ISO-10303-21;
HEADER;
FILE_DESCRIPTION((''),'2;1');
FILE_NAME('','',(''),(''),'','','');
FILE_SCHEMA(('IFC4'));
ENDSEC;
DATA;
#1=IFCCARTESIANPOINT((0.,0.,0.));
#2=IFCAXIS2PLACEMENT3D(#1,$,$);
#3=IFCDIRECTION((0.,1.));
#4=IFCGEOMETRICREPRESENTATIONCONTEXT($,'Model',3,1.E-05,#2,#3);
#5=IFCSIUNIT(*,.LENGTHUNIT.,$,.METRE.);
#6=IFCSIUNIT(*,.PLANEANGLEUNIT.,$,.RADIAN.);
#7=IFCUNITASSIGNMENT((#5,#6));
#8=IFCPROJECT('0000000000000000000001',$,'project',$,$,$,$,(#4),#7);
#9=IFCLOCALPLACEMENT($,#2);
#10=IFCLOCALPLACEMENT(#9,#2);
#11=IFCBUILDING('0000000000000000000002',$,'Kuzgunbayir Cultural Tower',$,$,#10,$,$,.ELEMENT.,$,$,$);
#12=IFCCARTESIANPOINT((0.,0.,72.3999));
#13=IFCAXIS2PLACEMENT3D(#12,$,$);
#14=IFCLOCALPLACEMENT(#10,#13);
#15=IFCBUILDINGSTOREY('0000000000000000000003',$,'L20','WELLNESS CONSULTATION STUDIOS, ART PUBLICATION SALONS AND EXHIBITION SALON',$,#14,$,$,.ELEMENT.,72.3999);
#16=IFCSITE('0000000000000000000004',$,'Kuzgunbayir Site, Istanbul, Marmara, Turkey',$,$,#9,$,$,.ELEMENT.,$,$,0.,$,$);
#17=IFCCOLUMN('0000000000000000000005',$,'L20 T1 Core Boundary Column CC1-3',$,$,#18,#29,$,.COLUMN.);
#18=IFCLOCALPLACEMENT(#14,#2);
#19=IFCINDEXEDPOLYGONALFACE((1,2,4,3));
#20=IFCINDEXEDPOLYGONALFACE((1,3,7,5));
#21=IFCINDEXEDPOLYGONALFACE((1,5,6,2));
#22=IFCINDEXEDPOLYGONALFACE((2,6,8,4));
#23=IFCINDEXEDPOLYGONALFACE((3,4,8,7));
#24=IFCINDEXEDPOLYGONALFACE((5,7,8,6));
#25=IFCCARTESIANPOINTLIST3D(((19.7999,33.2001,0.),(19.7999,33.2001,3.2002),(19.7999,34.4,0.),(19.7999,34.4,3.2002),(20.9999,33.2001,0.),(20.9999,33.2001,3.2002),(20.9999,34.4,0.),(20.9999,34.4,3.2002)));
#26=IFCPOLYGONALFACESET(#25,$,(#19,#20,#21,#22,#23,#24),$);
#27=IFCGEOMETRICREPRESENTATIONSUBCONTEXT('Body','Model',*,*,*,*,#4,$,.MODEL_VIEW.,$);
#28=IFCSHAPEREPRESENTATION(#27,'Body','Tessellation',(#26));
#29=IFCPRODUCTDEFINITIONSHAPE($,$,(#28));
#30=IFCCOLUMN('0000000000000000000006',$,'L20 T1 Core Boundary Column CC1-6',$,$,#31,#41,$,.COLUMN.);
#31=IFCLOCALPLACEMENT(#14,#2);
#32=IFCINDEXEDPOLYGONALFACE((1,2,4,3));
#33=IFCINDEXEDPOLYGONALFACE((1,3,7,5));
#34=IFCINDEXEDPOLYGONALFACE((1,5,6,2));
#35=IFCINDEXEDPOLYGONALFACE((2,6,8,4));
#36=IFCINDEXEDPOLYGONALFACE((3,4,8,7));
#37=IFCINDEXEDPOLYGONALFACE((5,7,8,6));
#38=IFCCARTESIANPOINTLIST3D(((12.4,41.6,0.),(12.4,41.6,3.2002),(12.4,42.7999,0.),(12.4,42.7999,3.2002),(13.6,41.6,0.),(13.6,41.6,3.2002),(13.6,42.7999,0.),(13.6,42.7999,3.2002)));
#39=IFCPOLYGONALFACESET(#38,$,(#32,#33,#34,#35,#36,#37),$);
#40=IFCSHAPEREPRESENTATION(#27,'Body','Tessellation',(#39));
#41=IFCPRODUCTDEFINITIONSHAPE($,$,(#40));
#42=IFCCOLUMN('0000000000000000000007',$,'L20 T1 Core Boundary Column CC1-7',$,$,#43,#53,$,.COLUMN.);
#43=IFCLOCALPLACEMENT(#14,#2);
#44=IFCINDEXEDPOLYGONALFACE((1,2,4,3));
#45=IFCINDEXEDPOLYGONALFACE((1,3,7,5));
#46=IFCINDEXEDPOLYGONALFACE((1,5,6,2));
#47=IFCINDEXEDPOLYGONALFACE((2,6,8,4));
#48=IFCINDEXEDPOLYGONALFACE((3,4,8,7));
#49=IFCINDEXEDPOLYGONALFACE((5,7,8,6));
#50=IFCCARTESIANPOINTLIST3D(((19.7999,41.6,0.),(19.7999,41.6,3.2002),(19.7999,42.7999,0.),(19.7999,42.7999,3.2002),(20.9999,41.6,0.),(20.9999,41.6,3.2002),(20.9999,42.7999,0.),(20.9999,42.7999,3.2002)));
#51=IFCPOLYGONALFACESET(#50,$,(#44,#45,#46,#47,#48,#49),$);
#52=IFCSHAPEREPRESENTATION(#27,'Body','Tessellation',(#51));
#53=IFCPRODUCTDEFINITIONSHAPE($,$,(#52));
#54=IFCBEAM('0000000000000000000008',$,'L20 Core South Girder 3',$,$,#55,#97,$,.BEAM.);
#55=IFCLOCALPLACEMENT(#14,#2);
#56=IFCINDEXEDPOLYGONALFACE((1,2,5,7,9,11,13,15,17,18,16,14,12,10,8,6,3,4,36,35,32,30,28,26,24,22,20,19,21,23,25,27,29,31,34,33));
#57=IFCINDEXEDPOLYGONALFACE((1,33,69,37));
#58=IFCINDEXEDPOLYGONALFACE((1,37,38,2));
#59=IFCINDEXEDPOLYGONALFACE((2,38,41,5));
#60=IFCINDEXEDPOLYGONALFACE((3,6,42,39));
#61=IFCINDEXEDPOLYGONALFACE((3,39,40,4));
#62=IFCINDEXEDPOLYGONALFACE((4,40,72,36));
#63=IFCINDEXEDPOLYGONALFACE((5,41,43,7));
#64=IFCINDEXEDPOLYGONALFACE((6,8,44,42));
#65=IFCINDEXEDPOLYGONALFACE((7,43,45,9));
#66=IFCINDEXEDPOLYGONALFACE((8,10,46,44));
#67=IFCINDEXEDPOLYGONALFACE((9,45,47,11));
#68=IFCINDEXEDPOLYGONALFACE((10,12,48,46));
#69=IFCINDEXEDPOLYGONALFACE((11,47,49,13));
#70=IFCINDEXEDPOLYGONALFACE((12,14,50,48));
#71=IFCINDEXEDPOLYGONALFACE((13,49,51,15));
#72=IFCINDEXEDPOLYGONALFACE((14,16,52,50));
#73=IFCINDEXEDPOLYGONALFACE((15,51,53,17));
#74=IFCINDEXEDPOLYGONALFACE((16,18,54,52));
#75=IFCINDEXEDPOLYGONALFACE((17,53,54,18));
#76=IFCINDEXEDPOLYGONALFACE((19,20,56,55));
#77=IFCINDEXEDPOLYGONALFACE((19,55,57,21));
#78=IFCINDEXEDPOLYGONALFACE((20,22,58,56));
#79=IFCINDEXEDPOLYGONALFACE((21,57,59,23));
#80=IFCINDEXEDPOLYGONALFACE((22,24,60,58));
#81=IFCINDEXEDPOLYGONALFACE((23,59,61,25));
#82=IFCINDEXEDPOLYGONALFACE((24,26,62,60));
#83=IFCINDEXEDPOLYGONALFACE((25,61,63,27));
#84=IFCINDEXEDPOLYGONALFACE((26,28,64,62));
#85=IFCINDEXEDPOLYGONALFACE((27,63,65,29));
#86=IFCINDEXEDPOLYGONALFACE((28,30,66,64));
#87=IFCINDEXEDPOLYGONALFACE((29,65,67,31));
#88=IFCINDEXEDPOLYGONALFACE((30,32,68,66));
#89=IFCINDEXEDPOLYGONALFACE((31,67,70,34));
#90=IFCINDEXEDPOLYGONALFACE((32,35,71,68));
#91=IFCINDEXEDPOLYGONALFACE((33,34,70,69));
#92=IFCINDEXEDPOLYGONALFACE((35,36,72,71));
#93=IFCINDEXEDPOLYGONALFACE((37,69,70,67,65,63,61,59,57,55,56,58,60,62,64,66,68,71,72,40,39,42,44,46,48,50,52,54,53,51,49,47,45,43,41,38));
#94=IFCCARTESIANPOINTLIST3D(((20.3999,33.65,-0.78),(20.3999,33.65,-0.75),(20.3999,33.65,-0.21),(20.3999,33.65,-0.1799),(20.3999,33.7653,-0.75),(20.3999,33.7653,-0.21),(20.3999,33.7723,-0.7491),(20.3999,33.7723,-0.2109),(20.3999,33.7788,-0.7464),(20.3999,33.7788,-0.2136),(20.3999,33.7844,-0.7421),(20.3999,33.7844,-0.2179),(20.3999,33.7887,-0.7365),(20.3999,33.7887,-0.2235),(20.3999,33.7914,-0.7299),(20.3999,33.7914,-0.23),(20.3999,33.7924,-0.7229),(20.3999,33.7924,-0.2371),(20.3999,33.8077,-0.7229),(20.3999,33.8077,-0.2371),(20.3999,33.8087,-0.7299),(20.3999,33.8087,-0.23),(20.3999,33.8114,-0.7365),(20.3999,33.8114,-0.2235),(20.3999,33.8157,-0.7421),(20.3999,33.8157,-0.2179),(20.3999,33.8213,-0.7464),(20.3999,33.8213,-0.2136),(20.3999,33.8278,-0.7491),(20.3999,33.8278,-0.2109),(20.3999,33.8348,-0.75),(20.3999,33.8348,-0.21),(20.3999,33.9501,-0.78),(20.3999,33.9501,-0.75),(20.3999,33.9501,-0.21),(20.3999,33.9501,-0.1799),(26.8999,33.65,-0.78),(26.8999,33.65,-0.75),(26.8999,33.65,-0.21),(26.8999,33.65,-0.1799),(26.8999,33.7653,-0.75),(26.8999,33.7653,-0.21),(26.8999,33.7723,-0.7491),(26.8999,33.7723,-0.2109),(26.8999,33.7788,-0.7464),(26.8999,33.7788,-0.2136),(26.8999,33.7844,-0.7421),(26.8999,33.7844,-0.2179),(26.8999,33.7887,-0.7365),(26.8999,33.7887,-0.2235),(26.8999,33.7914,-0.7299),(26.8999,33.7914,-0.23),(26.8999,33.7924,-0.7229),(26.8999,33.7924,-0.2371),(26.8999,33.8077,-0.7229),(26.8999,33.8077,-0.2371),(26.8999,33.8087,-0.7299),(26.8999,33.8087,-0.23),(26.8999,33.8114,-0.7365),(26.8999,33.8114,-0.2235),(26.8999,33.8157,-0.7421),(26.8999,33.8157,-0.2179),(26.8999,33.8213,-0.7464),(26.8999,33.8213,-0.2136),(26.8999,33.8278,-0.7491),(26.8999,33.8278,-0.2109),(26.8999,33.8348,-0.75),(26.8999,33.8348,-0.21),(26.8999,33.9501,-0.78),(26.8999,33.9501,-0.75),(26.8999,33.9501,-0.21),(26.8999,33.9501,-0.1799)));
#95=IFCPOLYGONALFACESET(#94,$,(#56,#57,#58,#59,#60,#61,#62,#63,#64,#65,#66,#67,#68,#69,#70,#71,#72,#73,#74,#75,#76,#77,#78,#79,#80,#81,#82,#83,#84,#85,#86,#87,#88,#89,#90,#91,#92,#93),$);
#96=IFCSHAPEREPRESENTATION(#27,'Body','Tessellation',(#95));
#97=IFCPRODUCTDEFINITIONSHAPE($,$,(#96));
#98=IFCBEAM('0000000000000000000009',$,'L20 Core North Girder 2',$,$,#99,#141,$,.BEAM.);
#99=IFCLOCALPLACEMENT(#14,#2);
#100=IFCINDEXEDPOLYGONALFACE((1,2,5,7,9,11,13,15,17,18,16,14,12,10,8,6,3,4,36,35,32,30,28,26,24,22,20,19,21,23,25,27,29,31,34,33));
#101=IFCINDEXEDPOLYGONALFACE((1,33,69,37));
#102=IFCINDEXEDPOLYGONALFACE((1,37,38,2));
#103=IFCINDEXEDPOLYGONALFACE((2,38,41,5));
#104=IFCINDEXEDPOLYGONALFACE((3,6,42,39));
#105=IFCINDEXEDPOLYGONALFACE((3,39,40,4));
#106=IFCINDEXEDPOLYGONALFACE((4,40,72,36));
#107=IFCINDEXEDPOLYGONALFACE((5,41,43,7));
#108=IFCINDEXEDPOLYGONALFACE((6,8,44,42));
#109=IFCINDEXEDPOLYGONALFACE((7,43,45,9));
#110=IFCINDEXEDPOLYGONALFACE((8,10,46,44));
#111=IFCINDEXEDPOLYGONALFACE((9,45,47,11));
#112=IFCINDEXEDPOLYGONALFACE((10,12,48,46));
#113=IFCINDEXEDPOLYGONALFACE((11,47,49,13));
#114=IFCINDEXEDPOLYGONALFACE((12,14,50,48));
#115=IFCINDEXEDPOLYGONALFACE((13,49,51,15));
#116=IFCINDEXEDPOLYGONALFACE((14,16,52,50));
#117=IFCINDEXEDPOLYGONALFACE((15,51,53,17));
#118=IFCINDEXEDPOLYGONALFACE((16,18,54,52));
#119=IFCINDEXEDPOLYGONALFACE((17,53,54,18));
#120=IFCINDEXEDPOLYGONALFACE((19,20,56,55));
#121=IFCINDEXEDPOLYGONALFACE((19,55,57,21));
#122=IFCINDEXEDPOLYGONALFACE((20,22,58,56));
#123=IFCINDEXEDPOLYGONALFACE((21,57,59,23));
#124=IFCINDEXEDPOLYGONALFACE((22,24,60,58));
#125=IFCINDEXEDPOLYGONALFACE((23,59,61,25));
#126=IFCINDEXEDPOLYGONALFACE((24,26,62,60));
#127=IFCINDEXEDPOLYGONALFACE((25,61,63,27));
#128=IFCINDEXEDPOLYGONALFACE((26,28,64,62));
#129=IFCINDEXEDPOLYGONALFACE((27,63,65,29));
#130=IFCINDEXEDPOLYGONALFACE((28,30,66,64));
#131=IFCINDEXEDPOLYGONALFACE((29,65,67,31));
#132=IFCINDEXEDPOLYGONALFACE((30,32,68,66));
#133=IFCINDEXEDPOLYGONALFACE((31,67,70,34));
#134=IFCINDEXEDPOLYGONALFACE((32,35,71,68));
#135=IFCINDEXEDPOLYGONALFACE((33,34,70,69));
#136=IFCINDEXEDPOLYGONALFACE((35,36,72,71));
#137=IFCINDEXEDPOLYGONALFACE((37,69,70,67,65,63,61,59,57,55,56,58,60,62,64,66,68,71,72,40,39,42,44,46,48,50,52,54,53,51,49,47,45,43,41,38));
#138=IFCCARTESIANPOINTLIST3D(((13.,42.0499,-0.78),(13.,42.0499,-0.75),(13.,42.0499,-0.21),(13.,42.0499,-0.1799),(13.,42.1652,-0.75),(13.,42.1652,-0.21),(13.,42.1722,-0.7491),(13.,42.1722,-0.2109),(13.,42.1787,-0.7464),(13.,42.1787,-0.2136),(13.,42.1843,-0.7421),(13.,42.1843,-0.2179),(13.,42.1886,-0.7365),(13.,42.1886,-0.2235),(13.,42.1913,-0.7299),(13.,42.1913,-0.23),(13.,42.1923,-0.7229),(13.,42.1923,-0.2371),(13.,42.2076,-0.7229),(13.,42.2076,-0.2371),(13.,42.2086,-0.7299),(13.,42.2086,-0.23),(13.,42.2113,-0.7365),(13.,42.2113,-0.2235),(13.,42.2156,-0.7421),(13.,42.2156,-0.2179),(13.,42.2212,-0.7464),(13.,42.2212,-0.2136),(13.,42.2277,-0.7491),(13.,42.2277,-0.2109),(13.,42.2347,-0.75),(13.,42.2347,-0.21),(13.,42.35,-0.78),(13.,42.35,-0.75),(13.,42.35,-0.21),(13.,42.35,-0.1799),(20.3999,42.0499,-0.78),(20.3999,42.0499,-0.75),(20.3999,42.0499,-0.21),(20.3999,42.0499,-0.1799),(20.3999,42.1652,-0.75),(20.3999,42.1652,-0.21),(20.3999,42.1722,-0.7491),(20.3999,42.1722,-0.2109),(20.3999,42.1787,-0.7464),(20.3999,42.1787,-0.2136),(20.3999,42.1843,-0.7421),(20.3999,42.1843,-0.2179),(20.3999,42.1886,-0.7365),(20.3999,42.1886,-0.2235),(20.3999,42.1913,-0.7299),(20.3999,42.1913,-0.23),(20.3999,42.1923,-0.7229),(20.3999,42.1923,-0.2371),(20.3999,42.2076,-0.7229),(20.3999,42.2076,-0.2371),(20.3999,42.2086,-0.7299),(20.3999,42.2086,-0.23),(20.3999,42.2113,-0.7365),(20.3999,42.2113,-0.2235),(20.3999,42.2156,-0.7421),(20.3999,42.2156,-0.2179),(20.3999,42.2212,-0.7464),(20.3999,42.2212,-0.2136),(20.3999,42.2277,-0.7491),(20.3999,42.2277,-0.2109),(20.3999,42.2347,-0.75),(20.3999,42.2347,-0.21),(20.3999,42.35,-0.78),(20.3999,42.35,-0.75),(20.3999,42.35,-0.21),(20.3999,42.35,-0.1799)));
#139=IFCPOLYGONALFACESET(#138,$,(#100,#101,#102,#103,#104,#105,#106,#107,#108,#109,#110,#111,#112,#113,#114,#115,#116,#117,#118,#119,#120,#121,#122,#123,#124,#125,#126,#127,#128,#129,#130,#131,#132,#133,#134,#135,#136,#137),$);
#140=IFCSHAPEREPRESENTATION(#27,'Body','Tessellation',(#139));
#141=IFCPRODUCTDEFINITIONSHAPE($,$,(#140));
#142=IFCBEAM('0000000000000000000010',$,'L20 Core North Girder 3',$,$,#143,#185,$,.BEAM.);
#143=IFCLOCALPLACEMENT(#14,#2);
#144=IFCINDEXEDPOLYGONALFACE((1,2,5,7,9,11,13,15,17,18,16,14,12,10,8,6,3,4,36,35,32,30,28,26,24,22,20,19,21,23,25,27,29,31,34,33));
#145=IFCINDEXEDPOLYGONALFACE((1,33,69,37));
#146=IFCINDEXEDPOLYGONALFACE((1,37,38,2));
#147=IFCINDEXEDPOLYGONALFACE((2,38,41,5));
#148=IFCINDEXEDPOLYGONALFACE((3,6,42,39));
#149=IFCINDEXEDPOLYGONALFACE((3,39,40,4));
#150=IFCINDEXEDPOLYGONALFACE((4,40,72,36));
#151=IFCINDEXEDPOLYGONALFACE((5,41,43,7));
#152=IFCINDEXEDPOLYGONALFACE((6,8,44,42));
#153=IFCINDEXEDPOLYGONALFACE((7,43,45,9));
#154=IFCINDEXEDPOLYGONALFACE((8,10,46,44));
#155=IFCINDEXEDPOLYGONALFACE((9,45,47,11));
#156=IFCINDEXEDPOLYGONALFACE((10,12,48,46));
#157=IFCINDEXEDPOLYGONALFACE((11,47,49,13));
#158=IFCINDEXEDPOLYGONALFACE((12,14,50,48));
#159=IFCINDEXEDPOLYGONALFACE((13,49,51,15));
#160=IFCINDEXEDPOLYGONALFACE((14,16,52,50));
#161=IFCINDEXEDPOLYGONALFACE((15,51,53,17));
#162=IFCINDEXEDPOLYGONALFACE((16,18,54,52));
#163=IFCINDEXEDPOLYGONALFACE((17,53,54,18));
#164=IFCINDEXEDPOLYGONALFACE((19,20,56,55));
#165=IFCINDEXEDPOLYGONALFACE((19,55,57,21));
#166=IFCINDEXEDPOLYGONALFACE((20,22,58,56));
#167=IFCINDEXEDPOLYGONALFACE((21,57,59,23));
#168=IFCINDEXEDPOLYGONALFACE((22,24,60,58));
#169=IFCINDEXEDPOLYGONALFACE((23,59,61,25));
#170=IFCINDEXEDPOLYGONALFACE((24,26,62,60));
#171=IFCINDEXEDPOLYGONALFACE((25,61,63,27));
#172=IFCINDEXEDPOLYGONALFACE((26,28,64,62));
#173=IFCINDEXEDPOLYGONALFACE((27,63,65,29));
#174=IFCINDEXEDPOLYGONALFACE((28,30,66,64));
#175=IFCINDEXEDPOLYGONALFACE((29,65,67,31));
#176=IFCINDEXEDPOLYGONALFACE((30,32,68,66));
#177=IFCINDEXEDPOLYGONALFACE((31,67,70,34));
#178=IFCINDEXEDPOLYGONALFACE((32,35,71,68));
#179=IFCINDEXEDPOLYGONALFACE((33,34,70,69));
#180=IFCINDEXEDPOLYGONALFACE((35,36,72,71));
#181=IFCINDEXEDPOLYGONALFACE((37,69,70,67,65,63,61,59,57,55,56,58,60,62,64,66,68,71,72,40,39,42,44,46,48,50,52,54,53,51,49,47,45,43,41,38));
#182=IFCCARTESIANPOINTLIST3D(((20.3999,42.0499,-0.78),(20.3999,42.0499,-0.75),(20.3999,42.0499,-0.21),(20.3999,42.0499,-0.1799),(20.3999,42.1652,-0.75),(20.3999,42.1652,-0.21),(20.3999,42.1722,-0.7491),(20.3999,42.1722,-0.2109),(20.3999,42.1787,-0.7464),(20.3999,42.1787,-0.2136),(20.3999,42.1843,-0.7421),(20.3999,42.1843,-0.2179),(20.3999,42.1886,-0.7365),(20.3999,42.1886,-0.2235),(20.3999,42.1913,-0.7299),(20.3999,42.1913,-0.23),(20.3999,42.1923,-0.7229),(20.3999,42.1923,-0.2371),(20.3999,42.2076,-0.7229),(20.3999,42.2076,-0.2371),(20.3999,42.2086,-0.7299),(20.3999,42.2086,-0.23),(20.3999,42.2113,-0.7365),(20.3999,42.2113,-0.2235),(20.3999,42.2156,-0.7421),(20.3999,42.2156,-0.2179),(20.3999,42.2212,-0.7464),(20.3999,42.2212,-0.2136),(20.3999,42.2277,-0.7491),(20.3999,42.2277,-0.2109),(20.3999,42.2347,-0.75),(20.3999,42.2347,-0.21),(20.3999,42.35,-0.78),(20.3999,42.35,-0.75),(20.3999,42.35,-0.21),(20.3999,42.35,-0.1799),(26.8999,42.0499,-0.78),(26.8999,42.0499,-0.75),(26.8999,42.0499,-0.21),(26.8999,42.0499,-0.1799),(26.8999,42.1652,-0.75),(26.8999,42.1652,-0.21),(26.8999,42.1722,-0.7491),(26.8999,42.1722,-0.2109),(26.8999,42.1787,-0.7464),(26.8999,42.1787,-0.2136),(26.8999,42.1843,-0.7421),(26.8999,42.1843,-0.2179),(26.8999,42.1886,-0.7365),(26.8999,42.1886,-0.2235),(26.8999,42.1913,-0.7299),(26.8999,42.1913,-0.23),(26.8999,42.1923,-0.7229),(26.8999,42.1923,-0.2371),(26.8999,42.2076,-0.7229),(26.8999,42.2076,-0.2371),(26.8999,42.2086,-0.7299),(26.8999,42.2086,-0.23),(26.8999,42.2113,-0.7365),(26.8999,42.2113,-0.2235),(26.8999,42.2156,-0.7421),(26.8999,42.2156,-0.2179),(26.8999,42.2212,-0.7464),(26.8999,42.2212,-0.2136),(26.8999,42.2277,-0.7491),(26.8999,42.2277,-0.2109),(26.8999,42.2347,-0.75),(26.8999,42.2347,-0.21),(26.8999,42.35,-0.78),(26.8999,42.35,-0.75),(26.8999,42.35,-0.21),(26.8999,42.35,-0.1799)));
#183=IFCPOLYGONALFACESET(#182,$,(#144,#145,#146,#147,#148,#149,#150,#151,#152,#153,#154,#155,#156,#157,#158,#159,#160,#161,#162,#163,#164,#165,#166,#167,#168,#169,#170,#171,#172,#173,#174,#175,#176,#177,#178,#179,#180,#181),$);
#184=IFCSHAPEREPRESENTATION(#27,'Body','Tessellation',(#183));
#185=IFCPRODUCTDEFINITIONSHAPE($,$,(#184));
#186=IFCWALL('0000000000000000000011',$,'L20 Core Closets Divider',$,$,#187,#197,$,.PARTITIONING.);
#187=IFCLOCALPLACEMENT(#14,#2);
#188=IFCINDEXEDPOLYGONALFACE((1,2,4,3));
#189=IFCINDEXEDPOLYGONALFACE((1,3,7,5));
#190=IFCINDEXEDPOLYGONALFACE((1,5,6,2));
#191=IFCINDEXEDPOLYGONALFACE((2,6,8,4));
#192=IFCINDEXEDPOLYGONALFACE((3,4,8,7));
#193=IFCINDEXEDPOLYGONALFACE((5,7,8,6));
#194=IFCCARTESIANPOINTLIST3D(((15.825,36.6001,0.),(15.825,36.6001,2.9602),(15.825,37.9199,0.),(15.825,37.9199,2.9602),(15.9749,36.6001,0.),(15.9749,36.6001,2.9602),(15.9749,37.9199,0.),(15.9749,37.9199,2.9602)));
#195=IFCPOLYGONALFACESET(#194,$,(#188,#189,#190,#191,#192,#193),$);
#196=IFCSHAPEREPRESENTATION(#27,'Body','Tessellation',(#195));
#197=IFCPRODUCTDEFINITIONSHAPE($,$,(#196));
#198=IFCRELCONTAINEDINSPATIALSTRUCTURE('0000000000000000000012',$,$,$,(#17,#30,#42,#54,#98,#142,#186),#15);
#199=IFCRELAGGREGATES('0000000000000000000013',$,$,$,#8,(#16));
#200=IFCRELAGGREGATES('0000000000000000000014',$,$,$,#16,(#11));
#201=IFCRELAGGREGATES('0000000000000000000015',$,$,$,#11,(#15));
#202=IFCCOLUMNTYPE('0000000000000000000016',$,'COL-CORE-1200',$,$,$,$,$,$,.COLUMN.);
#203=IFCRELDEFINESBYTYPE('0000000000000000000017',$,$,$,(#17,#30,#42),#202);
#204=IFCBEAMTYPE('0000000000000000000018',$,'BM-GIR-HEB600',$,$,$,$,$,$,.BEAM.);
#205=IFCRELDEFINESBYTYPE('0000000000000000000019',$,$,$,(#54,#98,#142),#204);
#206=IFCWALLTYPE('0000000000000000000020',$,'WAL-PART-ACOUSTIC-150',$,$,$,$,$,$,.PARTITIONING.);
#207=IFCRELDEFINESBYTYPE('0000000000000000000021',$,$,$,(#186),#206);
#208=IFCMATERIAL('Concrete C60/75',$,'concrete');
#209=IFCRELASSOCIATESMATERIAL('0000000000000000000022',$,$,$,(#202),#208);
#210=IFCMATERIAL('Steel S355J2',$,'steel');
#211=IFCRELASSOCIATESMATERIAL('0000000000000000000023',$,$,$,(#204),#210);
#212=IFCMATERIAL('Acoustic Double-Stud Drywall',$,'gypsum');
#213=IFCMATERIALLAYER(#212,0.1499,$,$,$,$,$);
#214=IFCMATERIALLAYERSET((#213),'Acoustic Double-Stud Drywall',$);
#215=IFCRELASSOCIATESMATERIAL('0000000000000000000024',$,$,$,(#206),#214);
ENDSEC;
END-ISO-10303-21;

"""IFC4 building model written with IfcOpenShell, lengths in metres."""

from ifc_helpers import new_model, si_unit, direction, frame, frame_2d, origin, origin_2d, place, context, subcontext, project, spatial, rectangle, i_section, extrude, material, layer, layer_set, material_profile, profile_set, type_object, element, save


model = new_model("IFC4")

# Units and contexts
model_context = context("Model", 3, precision=1e-05, world=origin(), true_north=direction((0.0, 1.0)))
body_context = subcontext(model_context, "Body", "Model", "MODEL_VIEW")
ifc_project = project(units=[si_unit("LENGTHUNIT", "METRE"), si_unit("PLANEANGLEUNIT", "RADIAN")], contexts=[model_context])

# Site, building, storey
site_placement = place(None, origin())
site = spatial("IfcSite", under=ifc_project, at=site_placement, Name="Kuzgunbayir Site, Istanbul, Marmara, Turkey", CompositionType="ELEMENT", RefElevation=0.0)
building_placement = place(site_placement, origin())
building = spatial("IfcBuilding", under=site, at=building_placement, Name="Kuzgunbayir Cultural Tower", CompositionType="ELEMENT")
storey_placement = place(building_placement, frame((0.0, 0.0, 72.3999)))
storey = spatial("IfcBuildingStorey", under=building, at=storey_placement, Name="L20", Description="WELLNESS CONSULTATION STUDIOS, ART PUBLICATION SALONS AND EXHIBITION SALON", CompositionType="ELEMENT", Elevation=72.3999)

# Columns
ifc_material_1 = material(Name="Concrete C60/75", Category="concrete")
ifc_material_profile_1 = material_profile(ifc_material_1, rectangle(XDim=1.2, YDim=1.2, at=origin_2d()), Name="RC 1200x1200")
ifc_profile_set_1 = profile_set([ifc_material_profile_1], Name="Concrete C60/75")
column_type = type_object("IfcColumnType", Name="COL-CORE-1200", PredefinedType="COLUMN", material=ifc_profile_set_1)
for number, where, z_axis, x_axis, name in (
    (1, (20.3999, 33.8, 0.0), (0.0, 0.0, 1.0), (1.0, 0.0, 0.0), "L20 T1 Core Boundary Column CC1-3"),
    (2, (13.0, 42.2, 0.0), (0.0, 0.0, 1.0), (1.0, 0.0, 0.0), "L20 T1 Core Boundary Column CC1-6"),
    (3, (20.3999, 42.2, 0.0), (0.0, 0.0, 1.0), (1.0, 0.0, 0.0), "L20 T1 Core Boundary Column CC1-7"),
):
    element("IfcColumn", number, at=place(storey_placement, frame(where, z_axis=z_axis, x_axis=x_axis)), inside=storey, type_object=column_type, Name=name, PredefinedType="COLUMN", context=body_context, shape_type="SweptSolid", body=[
        extrude(rectangle(XDim=1.2, YDim=1.2, at=origin_2d()), origin(), (0.0, 0.0, 1.0), 3.2002),
    ])

# Beams
ifc_material_2 = material(Name="Steel S355J2", Category="steel")
ifc_material_profile_2 = material_profile(ifc_material_2, i_section(OverallWidth=0.3, OverallDepth=0.6001, WebThickness=0.0154, FlangeThickness=0.03, FilletRadius=0.0271, at=origin_2d()), Name="HEB 600")
ifc_profile_set_2 = profile_set([ifc_material_profile_2], Name="Steel S355J2")
beam_type = type_object("IfcBeamType", Name="BM-GIR-HEB600", PredefinedType="BEAM", material=ifc_profile_set_2)
beam_1_placement = place(storey_placement, frame((20.3999, 33.8, -0.48), z_axis=(1.0, 0.0, 0.0), x_axis=(0.0, 1.0, 0.0)))
element("IfcBeam", 4, at=beam_1_placement, inside=storey, type_object=beam_type, Name="L20 Core South Girder 3", PredefinedType="BEAM", context=body_context, shape_type="SweptSolid", body=[
    extrude(i_section(OverallWidth=0.3, OverallDepth=0.6001, WebThickness=0.0154, FlangeThickness=0.03, FilletRadius=0.0271, at=origin_2d()), origin(), (0.0, 0.0, 1.0), 6.5),
])
beam_2_placement = place(storey_placement, frame((13.0, 42.2, -0.48), z_axis=(1.0, 0.0, 0.0), x_axis=(0.0, 1.0, 0.0)))
element("IfcBeam", 5, at=beam_2_placement, inside=storey, type_object=beam_type, Name="L20 Core North Girder 2", PredefinedType="BEAM", context=body_context, shape_type="SweptSolid", body=[
    extrude(i_section(OverallWidth=0.3, OverallDepth=0.6001, WebThickness=0.0154, FlangeThickness=0.03, FilletRadius=0.0271, at=origin_2d()), origin(), (0.0, 0.0, 1.0), 7.3999),
])
beam_3_placement = place(storey_placement, frame((20.3999, 42.2, -0.48), z_axis=(1.0, 0.0, 0.0), x_axis=(0.0, 1.0, 0.0)))
element("IfcBeam", 6, at=beam_3_placement, inside=storey, type_object=beam_type, Name="L20 Core North Girder 3", PredefinedType="BEAM", context=body_context, shape_type="SweptSolid", body=[
    extrude(i_section(OverallWidth=0.3, OverallDepth=0.6001, WebThickness=0.0154, FlangeThickness=0.03, FilletRadius=0.0271, at=origin_2d()), origin(), (0.0, 0.0, 1.0), 6.5),
])

# Wall
ifc_material_3 = material(Name="Acoustic Double-Stud Drywall", Category="gypsum")
ifc_layer_1 = layer(ifc_material_3, 0.1499)
ifc_layer_set_1 = layer_set([ifc_layer_1], Name="Acoustic Double-Stud Drywall")
wall_type_1 = type_object("IfcWallType", Name="WAL-PART-ACOUSTIC-150", PredefinedType="PARTITIONING", material=ifc_layer_set_1)
wall_1_placement = place(storey_placement, frame((15.8999, 36.6001, 0.0), z_axis=(0.0, 0.0, 1.0), x_axis=(0.0, 1.0, 0.0)))
element("IfcWall", 7, at=wall_1_placement, inside=storey, type_object=wall_type_1, Name="L20 Core Closets Divider", PredefinedType="PARTITIONING", context=body_context, shape_type="SweptSolid", body=[
    extrude(rectangle(XDim=1.3198, YDim=0.1499, at=frame_2d((0.6599, 0.0))), origin(), (0.0, 0.0, 1.0), 2.9602),
])

save(model, "model.ifc")
